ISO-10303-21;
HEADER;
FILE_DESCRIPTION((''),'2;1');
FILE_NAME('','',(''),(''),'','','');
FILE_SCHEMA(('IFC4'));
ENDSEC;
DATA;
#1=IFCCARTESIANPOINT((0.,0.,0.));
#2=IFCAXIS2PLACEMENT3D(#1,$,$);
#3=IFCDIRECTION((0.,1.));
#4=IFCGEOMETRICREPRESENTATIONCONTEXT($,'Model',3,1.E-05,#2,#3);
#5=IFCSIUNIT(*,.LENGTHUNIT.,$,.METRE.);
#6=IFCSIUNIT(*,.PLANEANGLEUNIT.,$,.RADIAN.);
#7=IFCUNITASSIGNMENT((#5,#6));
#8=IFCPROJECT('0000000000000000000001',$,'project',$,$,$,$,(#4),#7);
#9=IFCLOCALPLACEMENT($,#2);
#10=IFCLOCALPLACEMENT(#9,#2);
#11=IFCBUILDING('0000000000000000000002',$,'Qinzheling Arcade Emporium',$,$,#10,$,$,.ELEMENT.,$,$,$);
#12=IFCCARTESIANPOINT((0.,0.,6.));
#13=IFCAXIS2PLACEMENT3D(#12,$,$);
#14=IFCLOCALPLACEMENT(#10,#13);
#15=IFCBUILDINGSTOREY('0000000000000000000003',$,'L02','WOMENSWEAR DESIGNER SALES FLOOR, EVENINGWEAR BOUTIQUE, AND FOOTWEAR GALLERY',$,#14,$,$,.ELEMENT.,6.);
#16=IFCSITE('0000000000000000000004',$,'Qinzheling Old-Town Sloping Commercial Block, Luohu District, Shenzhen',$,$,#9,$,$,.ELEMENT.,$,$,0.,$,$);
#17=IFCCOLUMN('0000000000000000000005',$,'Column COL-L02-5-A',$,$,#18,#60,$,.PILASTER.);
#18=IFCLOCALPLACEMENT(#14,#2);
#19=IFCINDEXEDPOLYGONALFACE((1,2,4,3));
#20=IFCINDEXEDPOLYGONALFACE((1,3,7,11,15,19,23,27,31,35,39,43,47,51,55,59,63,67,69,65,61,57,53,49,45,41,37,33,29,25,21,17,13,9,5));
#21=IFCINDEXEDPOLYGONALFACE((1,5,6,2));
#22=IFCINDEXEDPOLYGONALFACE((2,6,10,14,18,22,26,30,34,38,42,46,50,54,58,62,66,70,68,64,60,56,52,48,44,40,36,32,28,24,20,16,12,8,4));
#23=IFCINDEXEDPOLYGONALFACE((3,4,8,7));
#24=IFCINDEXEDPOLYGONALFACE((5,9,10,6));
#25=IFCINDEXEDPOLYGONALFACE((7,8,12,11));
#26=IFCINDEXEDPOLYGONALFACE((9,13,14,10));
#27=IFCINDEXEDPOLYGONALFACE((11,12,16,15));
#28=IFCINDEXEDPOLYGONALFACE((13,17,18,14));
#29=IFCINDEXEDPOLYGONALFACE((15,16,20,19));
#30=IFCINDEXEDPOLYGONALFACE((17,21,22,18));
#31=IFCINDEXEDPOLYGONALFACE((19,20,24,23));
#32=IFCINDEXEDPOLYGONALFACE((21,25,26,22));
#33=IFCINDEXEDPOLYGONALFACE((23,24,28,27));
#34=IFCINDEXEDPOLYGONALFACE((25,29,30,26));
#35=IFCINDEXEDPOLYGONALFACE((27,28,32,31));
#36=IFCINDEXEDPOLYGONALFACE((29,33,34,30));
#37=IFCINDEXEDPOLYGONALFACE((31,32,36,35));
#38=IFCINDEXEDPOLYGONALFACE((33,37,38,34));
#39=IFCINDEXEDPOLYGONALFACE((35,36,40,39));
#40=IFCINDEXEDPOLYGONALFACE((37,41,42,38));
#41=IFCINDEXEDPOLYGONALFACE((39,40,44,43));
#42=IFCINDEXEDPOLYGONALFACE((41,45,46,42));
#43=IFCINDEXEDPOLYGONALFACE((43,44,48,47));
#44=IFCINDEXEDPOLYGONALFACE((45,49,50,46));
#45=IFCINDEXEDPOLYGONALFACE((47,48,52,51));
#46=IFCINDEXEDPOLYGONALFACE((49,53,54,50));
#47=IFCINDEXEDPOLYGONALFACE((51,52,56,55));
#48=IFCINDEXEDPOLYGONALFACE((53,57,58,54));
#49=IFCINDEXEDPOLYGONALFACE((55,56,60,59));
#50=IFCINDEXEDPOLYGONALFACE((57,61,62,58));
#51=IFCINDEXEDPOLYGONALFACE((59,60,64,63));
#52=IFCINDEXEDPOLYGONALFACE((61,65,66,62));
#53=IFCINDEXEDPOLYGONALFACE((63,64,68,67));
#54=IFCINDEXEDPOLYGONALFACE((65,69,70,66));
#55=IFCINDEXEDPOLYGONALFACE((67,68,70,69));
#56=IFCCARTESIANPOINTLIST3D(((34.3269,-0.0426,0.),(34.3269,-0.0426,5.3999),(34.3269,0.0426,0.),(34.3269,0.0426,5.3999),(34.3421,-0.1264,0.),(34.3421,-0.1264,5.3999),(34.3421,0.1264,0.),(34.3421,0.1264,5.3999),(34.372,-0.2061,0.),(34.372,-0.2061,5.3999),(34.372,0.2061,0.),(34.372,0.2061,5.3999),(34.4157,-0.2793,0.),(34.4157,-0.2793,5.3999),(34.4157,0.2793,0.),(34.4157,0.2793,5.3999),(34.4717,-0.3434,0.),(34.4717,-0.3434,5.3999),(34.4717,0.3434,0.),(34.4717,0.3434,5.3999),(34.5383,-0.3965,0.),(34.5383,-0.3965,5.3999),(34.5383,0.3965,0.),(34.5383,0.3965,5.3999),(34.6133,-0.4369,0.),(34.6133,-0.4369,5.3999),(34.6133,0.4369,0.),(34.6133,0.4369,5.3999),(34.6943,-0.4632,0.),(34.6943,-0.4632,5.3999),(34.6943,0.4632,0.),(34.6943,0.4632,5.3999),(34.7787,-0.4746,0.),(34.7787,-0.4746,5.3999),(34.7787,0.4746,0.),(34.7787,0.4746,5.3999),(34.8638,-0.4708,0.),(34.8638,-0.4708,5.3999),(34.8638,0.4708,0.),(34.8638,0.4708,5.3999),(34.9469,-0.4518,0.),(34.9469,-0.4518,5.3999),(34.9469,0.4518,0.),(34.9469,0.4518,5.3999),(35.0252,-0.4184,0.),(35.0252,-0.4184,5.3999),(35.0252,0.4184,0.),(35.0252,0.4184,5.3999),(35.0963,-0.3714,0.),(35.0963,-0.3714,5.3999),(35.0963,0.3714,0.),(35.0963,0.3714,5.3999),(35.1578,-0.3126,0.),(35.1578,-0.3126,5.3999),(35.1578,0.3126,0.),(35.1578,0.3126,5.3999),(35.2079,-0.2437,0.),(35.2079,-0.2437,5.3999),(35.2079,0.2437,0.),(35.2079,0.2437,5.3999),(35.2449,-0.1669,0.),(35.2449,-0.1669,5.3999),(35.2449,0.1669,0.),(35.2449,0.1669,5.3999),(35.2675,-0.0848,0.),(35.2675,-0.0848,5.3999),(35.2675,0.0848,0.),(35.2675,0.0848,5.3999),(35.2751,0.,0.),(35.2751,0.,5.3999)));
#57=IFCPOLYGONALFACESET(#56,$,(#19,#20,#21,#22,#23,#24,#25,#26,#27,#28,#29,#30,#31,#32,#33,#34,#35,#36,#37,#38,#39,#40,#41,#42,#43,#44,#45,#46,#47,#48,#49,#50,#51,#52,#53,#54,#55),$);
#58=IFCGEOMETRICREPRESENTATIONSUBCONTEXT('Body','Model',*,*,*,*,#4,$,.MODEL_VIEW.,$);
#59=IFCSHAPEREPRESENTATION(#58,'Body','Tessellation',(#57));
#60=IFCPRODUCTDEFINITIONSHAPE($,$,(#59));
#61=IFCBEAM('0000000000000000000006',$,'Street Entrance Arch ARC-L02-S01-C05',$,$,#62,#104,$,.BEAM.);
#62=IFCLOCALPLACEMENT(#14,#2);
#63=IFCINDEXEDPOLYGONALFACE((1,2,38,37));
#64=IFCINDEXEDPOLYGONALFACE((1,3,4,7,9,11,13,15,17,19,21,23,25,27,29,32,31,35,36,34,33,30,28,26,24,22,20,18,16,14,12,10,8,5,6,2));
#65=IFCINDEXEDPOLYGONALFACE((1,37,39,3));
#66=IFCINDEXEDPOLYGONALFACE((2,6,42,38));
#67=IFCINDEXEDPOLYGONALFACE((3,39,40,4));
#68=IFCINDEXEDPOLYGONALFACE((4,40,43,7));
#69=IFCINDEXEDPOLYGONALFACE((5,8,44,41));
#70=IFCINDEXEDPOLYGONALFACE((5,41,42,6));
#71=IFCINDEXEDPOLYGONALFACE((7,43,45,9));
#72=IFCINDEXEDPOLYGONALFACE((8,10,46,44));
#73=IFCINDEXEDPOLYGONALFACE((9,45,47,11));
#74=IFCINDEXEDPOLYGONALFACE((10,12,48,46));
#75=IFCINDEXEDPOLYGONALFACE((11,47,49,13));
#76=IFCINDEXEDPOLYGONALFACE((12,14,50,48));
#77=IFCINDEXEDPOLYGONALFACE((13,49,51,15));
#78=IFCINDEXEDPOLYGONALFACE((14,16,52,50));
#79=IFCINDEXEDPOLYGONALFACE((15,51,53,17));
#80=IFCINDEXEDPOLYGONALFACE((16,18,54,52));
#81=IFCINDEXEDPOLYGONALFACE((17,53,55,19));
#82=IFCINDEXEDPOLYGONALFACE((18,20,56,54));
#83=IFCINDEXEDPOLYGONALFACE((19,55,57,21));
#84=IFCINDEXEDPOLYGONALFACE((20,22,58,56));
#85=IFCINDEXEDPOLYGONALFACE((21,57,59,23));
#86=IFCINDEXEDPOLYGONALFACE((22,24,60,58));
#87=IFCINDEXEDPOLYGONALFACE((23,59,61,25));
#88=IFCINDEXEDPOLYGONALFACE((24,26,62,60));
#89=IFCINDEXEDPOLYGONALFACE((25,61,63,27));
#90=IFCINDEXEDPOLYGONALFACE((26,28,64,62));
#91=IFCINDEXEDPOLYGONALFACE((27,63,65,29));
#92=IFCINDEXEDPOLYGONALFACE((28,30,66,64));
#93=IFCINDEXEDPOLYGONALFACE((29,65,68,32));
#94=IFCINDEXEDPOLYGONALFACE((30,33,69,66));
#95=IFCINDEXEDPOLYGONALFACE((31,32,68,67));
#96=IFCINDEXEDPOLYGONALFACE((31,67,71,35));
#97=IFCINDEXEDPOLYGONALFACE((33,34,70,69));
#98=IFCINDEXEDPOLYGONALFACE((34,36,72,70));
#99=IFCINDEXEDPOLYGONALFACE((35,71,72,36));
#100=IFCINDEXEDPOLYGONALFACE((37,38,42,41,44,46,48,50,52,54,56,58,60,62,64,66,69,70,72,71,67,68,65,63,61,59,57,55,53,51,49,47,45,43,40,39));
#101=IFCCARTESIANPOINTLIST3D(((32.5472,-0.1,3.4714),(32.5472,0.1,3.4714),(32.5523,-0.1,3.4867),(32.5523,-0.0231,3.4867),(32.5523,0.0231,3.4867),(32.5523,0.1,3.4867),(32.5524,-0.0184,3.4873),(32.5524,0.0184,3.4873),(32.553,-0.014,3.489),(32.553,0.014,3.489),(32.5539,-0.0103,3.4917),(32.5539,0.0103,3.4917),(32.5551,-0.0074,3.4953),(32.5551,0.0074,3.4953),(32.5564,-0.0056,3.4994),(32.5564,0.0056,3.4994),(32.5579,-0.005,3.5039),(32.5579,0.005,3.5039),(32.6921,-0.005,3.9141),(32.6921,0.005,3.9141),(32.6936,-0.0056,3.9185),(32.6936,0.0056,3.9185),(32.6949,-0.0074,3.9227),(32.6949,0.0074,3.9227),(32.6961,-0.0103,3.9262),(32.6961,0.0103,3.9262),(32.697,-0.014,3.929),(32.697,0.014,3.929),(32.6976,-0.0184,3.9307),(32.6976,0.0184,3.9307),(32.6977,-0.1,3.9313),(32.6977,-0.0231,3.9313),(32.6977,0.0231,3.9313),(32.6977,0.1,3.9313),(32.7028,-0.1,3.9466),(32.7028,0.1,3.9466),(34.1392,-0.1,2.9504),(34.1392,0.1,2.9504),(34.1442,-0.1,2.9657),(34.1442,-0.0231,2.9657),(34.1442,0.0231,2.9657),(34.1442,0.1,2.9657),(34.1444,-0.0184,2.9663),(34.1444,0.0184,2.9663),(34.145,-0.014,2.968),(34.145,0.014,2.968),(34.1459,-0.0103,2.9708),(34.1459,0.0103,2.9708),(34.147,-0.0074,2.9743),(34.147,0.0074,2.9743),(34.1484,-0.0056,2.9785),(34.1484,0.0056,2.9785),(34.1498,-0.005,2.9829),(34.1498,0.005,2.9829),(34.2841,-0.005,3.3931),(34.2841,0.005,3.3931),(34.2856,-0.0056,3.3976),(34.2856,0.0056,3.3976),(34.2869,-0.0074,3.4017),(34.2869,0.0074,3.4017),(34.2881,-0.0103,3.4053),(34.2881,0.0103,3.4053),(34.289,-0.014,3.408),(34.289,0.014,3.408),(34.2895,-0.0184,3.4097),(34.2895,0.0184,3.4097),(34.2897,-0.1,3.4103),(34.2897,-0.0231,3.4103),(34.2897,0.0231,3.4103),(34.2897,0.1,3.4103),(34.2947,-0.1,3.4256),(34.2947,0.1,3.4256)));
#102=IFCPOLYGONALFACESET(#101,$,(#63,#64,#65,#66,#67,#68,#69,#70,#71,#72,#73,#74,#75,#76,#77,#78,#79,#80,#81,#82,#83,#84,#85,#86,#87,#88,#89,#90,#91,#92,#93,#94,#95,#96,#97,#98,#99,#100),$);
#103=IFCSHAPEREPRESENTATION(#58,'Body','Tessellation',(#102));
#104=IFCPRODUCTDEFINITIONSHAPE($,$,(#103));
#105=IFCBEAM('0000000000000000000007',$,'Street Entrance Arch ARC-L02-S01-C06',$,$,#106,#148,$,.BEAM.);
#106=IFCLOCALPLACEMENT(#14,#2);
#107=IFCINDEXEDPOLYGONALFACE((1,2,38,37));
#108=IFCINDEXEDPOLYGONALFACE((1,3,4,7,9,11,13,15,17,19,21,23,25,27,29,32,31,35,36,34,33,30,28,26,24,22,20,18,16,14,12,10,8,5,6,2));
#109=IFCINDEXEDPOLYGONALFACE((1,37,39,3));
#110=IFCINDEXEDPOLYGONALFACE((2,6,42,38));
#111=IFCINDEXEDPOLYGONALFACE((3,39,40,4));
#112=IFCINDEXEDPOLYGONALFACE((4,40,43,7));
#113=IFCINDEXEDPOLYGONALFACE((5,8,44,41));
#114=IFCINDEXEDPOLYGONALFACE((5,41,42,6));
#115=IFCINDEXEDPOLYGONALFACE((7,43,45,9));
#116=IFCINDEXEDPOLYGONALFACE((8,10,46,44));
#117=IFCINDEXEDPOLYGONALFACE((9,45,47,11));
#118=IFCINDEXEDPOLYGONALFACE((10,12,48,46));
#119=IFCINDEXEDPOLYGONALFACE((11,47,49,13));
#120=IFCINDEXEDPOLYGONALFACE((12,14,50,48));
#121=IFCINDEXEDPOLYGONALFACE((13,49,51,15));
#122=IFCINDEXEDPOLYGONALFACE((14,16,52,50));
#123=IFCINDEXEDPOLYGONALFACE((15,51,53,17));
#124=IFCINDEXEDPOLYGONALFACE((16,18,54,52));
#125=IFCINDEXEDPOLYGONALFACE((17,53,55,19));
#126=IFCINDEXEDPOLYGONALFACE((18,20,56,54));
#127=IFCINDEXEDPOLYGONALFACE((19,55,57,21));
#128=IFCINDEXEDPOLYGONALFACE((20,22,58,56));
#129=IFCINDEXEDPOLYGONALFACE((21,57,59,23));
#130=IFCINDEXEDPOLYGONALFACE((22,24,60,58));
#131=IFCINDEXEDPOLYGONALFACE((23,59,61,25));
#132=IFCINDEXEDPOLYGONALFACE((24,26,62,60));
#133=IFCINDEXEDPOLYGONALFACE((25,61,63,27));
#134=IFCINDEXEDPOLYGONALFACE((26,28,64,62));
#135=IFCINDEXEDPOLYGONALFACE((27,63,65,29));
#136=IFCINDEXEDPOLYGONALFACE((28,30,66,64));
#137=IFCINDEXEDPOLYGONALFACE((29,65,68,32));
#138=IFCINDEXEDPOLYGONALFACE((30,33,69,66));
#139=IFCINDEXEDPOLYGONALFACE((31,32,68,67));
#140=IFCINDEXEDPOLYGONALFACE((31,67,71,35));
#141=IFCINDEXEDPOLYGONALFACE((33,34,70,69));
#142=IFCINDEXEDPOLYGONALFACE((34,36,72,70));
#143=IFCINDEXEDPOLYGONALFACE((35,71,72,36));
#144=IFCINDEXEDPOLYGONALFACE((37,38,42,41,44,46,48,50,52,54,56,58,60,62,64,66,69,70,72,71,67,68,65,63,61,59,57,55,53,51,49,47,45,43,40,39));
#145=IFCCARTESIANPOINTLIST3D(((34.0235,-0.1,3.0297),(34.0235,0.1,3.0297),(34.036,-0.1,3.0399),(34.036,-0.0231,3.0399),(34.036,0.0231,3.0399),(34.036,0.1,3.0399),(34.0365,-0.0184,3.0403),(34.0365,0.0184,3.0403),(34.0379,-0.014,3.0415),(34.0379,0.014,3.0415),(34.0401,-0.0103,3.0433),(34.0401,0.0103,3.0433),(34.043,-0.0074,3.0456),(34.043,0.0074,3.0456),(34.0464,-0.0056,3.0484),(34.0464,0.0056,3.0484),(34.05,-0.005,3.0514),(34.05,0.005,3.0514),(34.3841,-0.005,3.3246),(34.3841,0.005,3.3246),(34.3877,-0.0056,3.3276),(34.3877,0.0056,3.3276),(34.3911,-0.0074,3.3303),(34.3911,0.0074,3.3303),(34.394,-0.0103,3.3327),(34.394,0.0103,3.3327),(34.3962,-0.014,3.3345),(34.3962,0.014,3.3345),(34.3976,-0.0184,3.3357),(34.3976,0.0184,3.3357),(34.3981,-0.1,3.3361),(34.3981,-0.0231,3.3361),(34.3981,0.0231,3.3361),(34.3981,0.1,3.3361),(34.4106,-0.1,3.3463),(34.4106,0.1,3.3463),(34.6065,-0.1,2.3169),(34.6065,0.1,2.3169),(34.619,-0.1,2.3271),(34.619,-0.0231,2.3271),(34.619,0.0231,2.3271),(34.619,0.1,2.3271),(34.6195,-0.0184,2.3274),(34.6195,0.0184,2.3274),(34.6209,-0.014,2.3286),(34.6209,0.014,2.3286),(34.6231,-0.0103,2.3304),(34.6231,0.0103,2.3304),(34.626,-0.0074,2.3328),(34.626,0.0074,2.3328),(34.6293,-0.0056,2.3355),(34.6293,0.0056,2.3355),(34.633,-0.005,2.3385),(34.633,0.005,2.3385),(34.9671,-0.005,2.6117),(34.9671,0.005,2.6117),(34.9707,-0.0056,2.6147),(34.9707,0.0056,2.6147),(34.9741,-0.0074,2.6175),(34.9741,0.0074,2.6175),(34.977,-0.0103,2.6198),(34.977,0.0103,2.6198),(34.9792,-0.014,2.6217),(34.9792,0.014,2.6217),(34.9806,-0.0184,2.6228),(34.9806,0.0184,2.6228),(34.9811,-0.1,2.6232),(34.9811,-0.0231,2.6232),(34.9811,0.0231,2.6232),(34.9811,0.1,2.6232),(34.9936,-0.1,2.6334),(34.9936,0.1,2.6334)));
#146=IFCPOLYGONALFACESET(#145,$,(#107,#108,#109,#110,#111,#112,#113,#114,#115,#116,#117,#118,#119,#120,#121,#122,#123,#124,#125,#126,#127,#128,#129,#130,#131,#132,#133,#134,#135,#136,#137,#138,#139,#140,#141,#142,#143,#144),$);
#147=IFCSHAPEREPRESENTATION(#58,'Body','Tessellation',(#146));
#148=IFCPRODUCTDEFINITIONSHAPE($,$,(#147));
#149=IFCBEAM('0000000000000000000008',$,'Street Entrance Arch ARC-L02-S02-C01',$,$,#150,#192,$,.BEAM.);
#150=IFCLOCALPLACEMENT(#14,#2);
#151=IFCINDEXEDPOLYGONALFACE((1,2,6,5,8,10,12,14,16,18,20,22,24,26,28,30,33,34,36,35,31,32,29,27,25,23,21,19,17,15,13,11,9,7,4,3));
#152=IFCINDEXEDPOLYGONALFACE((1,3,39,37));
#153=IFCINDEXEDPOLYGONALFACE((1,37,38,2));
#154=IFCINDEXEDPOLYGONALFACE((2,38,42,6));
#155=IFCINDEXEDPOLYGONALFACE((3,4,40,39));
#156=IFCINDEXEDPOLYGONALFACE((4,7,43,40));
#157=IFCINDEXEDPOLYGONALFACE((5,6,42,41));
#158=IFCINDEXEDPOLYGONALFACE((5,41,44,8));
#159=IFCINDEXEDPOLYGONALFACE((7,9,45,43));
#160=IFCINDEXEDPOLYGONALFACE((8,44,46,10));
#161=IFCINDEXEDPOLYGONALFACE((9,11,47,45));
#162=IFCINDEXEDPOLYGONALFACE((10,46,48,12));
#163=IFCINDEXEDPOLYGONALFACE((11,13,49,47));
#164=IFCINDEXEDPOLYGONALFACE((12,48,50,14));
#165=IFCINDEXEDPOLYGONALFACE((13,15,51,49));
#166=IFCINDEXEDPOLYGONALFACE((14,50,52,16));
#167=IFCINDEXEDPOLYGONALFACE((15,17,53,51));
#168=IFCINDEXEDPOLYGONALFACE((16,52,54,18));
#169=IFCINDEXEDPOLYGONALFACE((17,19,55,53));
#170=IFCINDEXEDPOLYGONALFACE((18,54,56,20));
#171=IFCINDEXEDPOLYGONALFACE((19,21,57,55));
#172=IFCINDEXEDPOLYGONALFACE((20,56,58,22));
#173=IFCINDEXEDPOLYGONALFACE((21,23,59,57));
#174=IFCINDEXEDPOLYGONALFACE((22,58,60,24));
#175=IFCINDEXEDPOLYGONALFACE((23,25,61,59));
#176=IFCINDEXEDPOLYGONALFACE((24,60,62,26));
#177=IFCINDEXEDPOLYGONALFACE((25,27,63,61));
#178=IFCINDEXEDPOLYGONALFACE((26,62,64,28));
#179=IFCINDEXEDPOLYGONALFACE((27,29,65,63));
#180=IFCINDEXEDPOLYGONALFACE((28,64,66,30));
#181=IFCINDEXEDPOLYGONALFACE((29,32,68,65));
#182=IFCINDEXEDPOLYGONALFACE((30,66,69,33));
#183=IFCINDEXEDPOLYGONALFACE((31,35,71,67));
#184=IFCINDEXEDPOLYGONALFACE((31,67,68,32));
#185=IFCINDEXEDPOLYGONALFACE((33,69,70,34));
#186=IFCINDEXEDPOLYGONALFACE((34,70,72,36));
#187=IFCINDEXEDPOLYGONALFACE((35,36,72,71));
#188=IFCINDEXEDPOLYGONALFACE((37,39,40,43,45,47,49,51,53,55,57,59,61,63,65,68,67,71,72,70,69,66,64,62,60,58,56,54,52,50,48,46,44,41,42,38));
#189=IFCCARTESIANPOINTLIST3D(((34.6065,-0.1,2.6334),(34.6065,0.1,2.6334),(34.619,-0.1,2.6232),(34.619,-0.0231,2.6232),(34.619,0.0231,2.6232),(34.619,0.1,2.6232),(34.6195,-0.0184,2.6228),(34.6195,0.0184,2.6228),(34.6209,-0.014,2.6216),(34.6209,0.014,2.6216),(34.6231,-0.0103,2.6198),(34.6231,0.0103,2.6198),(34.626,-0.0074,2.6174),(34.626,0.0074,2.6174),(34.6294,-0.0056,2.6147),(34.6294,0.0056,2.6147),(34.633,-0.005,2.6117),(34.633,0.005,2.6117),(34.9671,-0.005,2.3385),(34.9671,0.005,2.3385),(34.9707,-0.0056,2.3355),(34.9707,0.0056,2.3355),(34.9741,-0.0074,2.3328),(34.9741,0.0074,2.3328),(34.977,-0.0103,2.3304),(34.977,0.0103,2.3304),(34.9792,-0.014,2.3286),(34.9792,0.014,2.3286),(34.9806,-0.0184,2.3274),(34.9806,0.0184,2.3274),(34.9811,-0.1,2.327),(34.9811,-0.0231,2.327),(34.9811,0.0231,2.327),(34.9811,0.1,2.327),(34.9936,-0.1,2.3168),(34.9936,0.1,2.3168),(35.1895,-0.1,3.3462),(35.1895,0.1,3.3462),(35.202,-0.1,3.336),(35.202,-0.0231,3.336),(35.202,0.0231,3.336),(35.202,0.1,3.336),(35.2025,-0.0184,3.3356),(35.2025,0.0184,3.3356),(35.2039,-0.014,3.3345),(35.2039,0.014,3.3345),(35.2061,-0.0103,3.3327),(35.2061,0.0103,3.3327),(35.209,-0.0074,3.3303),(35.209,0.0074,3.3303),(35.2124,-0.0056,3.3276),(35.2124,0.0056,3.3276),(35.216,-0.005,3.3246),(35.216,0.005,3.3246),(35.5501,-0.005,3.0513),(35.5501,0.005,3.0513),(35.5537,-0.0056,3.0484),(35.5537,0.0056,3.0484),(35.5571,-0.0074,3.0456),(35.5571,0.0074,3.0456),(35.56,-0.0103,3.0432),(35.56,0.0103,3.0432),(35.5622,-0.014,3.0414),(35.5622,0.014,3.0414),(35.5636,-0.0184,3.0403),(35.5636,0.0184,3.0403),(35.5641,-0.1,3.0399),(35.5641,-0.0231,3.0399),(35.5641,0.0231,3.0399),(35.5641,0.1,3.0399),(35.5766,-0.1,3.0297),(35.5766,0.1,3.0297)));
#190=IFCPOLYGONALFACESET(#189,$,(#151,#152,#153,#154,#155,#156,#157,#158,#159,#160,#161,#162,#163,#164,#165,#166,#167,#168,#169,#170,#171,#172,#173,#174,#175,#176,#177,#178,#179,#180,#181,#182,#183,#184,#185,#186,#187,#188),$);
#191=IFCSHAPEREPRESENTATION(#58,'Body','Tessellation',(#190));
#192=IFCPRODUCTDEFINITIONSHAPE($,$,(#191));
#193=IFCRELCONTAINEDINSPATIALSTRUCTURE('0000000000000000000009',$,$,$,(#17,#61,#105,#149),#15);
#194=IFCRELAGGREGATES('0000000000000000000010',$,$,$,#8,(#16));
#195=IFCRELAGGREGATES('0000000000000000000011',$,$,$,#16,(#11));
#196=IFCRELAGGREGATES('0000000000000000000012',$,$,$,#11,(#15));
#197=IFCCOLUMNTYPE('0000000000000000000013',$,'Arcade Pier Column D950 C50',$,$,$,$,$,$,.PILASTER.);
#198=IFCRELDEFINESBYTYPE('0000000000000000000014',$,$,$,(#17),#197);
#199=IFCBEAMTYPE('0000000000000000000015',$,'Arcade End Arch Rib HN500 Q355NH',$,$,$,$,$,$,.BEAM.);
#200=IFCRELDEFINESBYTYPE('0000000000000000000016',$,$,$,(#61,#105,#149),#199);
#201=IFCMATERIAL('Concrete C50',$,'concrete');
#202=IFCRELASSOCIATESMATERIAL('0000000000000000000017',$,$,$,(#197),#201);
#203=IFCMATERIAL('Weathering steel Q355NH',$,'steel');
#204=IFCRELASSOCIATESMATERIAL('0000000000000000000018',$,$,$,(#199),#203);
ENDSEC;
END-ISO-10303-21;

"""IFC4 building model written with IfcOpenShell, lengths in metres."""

from ifc_helpers import new_model, si_unit, direction, frame, origin, origin_2d, place, context, subcontext, project, spatial, circle, i_section, extrude, material, material_profile, profile_set, type_object, element, save


model = new_model("IFC4")

# Units and contexts
model_context = context("Model", 3, precision=1e-05, world=origin(), true_north=direction((0.0, 1.0)))
body_context = subcontext(model_context, "Body", "Model", "MODEL_VIEW")
ifc_project = project(units=[si_unit("LENGTHUNIT", "METRE"), si_unit("PLANEANGLEUNIT", "RADIAN")], contexts=[model_context])

# Site, building, storey
site_placement = place(None, origin())
site = spatial("IfcSite", under=ifc_project, at=site_placement, Name="Qinzheling Old-Town Sloping Commercial Block, Luohu District, Shenzhen", CompositionType="ELEMENT", RefElevation=0.0)
building_placement = place(site_placement, origin())
building = spatial("IfcBuilding", under=site, at=building_placement, Name="Qinzheling Arcade Emporium", CompositionType="ELEMENT")
storey_placement = place(building_placement, frame((0.0, 0.0, 6.0)))
storey = spatial("IfcBuildingStorey", under=building, at=storey_placement, Name="L02", Description="WOMENSWEAR DESIGNER SALES FLOOR, EVENINGWEAR BOUTIQUE, AND FOOTWEAR GALLERY", CompositionType="ELEMENT", Elevation=6.0)

# Column
ifc_material_1 = material(Name="Concrete C50", Category="concrete")
ifc_material_profile_1 = material_profile(ifc_material_1, circle(Radius=0.4751, at=origin_2d()), Name="RC D950", Category="concrete")
ifc_profile_set_1 = profile_set([ifc_material_profile_1], Name="Concrete C50")
column_type = type_object("IfcColumnType", Name="Arcade Pier Column D950 C50", PredefinedType="PILASTER", material=ifc_profile_set_1)
column_placement = place(storey_placement, frame((34.8, 0.0, 0.0), z_axis=(0.0, 0.0, 1.0), x_axis=(1.0, 0.0, 0.0)))
element("IfcColumn", 1, at=column_placement, inside=storey, type_object=column_type, Name="Column COL-L02-5-A", PredefinedType="PILASTER", context=body_context, shape_type="SweptSolid", body=[
    extrude(circle(Radius=0.4751, at=origin_2d()), origin(), (0.0, 0.0, 1.0), 5.3999),
])

# Beams
ifc_material_2 = material(Name="Weathering steel Q355NH", Category="steel")
ifc_material_profile_2 = material_profile(ifc_material_2, i_section(OverallWidth=0.2, OverallDepth=0.5, WebThickness=0.01, FlangeThickness=0.0161, FilletRadius=0.0181, at=origin_2d()), Name="HN 500x200x10x16", Category="steel")
ifc_profile_set_2 = profile_set([ifc_material_profile_2], Name="Weathering steel Q355NH")
beam_type_1 = type_object("IfcBeamType", Name="Arcade End Arch Rib HN500 Q355NH", PredefinedType="BEAM", material=ifc_profile_set_2)
beam_1_placement = place(storey_placement, frame((32.625, 0.0, 3.709), z_axis=(0.950403, 0.0, -0.31102), x_axis=(0.0, 1.0, 0.0)))
element("IfcBeam", 2, at=beam_1_placement, inside=storey, type_object=beam_type_1, Name="Street Entrance Arch ARC-L02-S01-C05", PredefinedType="BEAM", context=body_context, shape_type="SweptSolid", body=[
    extrude(i_section(OverallWidth=0.2, OverallDepth=0.5, WebThickness=0.01, FlangeThickness=0.0161, FilletRadius=0.0181, at=origin_2d()), origin(), (0.0, 0.0, 1.0), 1.675),
])
for number, where, z_axis, x_axis, name in (
    (3, (34.217, 0.0, 3.188), (0.633065, 0.0, -0.774099), (0.0, 1.0, 0.0), "Street Entrance Arch ARC-L02-S01-C06"),
    (4, (34.8, 0.0, 2.4751), (0.633065, 0.0, 0.774099), (0.0, 1.0, 0.0), "Street Entrance Arch ARC-L02-S02-C01"),
):
    element("IfcBeam", number, at=place(storey_placement, frame(where, z_axis=z_axis, x_axis=x_axis)), inside=storey, type_object=beam_type_1, Name=name, PredefinedType="BEAM", context=body_context, shape_type="SweptSolid", body=[
        extrude(i_section(OverallWidth=0.2, OverallDepth=0.5, WebThickness=0.01, FlangeThickness=0.0161, FilletRadius=0.0181, at=origin_2d()), origin(), (0.0, 0.0, 1.0), 0.9209),
    ])

save(model, "model.ifc")
